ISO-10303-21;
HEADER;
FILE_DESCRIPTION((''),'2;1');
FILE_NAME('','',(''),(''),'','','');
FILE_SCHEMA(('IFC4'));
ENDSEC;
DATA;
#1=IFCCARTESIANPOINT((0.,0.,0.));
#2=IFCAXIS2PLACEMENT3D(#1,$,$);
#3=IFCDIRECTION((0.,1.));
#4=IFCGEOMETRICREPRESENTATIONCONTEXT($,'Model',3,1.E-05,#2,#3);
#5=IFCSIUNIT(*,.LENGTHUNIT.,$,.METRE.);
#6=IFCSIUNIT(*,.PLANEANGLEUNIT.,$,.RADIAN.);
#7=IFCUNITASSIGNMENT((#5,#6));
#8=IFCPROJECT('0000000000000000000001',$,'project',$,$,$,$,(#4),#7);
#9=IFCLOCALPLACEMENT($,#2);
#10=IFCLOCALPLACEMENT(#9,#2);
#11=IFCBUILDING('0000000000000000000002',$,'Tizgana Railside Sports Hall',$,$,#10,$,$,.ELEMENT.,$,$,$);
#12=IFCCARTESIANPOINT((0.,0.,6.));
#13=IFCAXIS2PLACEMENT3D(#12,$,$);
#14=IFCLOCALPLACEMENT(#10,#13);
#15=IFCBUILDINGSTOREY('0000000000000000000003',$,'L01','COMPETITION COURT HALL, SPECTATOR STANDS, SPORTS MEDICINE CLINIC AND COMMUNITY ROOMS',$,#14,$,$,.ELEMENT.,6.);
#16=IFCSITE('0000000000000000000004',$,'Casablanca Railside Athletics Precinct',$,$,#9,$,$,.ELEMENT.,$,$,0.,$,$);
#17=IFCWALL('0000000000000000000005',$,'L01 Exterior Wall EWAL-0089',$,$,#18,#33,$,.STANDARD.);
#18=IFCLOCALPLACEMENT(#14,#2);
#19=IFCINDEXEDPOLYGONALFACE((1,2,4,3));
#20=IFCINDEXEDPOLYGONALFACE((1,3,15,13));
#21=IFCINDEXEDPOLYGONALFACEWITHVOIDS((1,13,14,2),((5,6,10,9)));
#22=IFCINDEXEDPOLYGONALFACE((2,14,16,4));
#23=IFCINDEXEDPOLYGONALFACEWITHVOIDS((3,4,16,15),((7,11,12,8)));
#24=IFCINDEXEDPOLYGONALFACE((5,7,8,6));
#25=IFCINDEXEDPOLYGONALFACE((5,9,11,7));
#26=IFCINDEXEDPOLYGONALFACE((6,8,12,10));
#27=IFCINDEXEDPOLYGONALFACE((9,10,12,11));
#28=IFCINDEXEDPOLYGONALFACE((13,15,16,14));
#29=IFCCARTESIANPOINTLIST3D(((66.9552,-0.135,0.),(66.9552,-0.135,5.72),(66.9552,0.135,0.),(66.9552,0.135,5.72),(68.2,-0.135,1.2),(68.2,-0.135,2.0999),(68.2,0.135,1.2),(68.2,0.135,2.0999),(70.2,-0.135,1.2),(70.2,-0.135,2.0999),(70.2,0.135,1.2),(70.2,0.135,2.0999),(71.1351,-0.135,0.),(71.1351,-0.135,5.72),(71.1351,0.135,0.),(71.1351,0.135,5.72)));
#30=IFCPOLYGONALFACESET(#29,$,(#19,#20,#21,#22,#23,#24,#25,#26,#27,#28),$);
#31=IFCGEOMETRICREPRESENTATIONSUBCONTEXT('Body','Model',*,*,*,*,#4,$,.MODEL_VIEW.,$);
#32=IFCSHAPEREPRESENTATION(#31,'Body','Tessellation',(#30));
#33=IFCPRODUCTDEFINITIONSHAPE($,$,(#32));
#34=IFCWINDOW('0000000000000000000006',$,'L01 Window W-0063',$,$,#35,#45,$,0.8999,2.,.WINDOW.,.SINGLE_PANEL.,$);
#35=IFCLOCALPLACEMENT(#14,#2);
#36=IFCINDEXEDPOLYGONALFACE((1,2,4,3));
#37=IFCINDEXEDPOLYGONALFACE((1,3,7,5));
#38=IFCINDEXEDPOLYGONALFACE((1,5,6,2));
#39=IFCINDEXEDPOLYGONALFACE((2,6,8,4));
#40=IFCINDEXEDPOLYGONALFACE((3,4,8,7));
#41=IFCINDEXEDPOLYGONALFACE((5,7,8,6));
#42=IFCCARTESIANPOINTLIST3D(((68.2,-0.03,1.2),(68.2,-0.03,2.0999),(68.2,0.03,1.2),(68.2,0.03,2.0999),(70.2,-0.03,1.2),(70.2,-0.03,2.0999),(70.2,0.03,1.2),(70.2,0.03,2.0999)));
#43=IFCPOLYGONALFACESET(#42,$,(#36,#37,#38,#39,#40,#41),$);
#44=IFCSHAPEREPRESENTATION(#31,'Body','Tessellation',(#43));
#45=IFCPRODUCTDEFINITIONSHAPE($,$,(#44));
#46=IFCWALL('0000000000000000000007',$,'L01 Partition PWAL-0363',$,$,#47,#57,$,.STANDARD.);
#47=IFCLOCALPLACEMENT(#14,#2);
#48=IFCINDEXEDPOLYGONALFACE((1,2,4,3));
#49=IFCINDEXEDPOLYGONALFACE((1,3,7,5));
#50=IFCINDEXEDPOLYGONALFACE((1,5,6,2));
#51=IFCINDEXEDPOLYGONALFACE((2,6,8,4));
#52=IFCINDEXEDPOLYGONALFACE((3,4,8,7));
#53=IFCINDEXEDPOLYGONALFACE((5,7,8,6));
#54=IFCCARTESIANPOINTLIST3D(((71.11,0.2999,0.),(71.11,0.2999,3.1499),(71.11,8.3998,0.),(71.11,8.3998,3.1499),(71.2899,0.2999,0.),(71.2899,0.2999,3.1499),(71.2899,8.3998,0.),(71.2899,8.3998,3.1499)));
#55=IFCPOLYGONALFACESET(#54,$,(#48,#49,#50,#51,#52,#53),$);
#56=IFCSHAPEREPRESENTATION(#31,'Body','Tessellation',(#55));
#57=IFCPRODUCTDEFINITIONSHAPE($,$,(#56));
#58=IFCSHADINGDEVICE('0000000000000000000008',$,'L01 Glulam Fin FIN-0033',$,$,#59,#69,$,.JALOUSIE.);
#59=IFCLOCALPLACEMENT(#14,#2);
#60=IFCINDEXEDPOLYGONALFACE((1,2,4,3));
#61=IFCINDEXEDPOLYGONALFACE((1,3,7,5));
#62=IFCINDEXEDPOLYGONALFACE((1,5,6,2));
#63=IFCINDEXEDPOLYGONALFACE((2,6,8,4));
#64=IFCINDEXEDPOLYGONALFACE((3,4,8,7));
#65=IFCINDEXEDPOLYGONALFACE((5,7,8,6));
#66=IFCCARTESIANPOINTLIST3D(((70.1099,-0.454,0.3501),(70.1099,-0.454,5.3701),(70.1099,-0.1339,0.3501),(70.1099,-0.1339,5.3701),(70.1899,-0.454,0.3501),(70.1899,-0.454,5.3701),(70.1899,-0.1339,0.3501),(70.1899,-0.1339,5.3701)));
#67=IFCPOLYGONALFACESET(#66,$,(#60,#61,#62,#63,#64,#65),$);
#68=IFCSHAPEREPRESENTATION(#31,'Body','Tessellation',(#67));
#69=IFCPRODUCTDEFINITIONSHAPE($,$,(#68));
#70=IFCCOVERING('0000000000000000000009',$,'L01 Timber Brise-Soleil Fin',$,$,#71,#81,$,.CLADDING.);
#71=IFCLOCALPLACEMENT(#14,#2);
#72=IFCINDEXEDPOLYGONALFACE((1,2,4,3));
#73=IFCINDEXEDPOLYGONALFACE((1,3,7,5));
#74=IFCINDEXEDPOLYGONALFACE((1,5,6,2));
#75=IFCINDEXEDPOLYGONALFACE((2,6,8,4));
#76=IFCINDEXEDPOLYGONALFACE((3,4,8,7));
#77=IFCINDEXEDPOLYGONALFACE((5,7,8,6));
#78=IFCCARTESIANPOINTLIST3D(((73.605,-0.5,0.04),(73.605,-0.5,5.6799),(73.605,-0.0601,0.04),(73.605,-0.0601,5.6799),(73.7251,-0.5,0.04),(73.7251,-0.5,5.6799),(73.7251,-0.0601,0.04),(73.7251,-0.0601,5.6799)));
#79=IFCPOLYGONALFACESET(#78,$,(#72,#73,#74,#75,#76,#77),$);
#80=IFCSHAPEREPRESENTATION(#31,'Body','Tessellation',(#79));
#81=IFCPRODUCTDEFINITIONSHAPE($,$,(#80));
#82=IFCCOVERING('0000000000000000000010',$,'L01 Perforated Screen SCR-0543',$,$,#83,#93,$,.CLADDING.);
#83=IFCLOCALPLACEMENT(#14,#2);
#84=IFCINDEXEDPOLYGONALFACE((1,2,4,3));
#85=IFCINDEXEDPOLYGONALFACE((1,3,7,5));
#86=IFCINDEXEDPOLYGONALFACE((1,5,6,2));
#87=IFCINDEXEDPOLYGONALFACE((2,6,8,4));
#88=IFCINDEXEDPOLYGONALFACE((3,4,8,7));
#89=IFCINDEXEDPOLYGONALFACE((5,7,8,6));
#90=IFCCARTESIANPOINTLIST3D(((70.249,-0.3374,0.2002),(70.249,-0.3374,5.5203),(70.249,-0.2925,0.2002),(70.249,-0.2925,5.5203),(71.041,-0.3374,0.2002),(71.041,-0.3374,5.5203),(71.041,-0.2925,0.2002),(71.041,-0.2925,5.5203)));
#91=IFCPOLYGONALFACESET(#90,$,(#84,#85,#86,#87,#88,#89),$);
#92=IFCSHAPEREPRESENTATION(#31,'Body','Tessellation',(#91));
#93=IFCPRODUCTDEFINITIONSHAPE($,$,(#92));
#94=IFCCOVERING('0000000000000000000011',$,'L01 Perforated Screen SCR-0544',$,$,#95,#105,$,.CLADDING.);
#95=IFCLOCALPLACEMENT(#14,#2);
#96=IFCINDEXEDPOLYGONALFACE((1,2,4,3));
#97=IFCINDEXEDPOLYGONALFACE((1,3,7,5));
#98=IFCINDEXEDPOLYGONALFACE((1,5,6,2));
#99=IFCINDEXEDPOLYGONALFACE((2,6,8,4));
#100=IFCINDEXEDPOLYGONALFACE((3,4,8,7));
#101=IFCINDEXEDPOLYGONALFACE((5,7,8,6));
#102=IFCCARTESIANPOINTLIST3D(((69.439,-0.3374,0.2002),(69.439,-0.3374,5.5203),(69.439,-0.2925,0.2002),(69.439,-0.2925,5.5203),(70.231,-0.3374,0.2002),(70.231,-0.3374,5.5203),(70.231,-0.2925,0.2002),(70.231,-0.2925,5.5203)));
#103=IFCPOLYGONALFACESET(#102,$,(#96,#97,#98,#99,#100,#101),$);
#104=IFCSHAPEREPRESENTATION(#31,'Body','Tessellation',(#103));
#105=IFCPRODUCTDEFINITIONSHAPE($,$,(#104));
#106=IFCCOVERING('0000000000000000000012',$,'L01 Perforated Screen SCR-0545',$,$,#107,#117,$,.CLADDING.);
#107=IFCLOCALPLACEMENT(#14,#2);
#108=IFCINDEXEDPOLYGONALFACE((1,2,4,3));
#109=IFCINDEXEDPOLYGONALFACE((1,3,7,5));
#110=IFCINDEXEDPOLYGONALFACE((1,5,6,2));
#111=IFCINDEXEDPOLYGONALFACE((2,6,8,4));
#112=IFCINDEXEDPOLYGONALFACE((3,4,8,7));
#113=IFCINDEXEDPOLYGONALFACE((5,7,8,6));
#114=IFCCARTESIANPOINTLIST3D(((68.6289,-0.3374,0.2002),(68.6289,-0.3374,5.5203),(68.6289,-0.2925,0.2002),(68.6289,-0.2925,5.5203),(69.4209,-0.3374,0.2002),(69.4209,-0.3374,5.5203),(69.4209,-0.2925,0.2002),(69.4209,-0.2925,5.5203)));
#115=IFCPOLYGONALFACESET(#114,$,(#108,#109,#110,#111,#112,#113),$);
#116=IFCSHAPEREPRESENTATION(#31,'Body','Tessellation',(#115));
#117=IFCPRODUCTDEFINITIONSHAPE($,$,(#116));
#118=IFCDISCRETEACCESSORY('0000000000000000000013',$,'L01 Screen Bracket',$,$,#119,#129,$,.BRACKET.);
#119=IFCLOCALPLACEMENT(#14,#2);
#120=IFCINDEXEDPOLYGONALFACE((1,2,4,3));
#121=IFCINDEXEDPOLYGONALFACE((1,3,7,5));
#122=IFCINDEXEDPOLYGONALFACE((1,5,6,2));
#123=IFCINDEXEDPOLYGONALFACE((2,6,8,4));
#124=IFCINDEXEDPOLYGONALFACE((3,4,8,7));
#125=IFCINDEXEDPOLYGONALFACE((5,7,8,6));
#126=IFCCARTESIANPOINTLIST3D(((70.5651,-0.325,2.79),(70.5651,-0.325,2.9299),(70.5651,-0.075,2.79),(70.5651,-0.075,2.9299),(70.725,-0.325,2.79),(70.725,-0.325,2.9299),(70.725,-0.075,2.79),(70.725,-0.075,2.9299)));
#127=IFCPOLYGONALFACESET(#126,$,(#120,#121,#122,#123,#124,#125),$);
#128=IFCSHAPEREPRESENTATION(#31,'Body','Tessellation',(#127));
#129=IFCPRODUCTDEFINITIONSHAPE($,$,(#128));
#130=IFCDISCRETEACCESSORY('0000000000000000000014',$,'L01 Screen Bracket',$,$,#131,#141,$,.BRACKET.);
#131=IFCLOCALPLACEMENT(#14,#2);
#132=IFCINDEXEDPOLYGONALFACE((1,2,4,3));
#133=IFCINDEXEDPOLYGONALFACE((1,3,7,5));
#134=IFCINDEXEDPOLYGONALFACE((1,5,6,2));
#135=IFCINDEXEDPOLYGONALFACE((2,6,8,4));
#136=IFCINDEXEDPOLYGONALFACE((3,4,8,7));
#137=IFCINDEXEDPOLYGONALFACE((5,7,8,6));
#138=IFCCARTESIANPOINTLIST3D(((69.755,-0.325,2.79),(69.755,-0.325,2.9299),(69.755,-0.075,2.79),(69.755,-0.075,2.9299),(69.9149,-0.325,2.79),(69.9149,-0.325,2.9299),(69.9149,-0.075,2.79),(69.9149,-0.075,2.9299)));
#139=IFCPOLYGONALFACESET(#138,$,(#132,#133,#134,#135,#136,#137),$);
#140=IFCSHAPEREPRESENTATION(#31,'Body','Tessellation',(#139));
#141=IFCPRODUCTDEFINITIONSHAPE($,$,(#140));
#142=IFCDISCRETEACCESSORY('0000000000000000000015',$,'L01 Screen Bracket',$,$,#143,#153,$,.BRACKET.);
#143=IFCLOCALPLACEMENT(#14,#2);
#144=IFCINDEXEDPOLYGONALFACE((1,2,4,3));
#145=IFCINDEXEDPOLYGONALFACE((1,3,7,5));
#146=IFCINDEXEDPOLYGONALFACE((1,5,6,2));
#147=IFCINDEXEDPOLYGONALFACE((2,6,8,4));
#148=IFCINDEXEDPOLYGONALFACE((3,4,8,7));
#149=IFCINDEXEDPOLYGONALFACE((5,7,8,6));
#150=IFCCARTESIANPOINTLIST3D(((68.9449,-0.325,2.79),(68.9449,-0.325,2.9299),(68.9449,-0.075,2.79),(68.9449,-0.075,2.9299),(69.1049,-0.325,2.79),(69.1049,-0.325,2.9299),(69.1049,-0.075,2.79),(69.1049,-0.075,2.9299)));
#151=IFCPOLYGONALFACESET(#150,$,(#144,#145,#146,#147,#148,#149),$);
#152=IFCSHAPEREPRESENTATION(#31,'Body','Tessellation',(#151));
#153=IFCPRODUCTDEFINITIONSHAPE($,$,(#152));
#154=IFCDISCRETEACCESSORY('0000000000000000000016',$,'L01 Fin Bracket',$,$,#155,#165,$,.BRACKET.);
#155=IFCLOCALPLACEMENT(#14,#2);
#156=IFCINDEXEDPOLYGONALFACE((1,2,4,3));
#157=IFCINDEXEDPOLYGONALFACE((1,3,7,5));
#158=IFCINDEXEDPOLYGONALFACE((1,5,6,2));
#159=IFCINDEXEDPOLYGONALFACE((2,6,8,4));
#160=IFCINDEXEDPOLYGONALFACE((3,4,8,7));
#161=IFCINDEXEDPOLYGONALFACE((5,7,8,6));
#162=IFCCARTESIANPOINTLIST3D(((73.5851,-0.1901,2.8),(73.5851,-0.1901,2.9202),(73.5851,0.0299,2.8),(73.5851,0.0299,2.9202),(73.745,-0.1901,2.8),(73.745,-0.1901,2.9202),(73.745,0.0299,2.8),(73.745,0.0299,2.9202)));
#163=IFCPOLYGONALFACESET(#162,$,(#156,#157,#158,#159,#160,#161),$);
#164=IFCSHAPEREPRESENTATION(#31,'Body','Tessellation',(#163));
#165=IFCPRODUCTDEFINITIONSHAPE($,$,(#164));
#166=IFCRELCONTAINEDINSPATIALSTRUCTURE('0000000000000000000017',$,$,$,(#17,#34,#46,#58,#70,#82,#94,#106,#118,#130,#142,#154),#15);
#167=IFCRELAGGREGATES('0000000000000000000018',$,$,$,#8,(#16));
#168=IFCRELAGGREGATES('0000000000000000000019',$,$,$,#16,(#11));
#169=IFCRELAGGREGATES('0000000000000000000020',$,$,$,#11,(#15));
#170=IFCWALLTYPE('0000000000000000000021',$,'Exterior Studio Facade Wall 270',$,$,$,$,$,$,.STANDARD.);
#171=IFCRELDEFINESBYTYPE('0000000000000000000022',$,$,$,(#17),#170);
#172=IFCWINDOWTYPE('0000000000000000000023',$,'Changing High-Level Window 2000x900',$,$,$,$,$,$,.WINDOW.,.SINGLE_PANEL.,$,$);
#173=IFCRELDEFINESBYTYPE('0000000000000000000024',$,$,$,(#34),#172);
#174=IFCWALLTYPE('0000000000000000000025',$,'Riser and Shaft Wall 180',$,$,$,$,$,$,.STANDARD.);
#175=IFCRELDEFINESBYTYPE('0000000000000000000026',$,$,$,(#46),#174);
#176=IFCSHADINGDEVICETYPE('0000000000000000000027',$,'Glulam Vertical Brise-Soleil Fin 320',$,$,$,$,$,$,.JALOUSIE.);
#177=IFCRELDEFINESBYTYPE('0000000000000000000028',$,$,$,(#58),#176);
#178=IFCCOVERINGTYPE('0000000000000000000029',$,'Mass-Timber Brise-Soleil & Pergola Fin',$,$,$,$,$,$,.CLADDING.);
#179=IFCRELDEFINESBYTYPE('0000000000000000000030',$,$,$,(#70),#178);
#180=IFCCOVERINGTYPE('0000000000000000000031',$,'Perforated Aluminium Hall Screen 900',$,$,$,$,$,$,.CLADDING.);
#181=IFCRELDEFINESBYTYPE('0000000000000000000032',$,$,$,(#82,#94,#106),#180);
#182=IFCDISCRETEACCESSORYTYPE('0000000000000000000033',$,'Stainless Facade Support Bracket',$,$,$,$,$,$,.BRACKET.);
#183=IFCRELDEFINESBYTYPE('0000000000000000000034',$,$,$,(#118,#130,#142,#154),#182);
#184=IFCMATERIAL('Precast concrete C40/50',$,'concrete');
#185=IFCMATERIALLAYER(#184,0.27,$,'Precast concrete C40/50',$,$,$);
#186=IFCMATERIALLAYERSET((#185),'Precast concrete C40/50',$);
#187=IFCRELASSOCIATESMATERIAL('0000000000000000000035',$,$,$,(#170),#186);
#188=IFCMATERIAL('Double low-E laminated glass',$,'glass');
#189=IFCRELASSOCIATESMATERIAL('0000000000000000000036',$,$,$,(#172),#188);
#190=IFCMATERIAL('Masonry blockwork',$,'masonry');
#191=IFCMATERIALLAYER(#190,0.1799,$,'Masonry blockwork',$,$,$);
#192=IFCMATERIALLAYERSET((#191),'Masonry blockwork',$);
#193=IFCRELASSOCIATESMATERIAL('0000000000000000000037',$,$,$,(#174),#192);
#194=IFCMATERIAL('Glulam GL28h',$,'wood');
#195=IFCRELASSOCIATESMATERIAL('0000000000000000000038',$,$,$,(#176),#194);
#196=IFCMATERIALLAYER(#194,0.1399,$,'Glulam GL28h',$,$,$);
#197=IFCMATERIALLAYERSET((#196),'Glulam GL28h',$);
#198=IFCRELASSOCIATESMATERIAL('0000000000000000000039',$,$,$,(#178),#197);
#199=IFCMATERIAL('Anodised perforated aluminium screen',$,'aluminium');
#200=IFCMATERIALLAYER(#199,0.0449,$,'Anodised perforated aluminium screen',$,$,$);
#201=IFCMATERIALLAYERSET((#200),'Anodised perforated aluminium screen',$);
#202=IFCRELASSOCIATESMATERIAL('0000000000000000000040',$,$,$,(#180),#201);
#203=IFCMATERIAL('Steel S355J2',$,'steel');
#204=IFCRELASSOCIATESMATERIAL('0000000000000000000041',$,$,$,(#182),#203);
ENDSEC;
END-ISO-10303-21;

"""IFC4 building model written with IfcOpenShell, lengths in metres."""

from ifc_helpers import new_model, si_unit, direction, frame, frame_2d, origin, origin_2d, place, context, subcontext, project, spatial, rectangle, extrude, material, layer, layer_set, type_object, element, fill, save


model = new_model("IFC4")

# Units and contexts
model_context = context("Model", 3, precision=1e-05, world=origin(), true_north=direction((0.0, 1.0)))
body_context = subcontext(model_context, "Body", "Model", "MODEL_VIEW")
ifc_project = project(units=[si_unit("LENGTHUNIT", "METRE"), si_unit("PLANEANGLEUNIT", "RADIAN")], contexts=[model_context])

# Site, building, storey
site_placement = place(None, origin())
site = spatial("IfcSite", under=ifc_project, at=site_placement, Name="Casablanca Railside Athletics Precinct", CompositionType="ELEMENT", RefElevation=0.0)
building_placement = place(site_placement, origin())
building = spatial("IfcBuilding", under=site, at=building_placement, Name="Tizgana Railside Sports Hall", CompositionType="ELEMENT")
storey_placement = place(building_placement, frame((0.0, 0.0, 6.0)))
storey = spatial("IfcBuildingStorey", under=building, at=storey_placement, Name="L01", Description="COMPETITION COURT HALL, SPECTATOR STANDS, SPORTS MEDICINE CLINIC AND COMMUNITY ROOMS", CompositionType="ELEMENT", Elevation=6.0)

# Shared definitions
ifc_material_1 = material(Name="Steel S355J2", Category="steel")

# Shared definitions
ifc_material_2 = material(Name="Double low-E laminated glass", Category="glass")

# Wall, opening, window
ifc_material_3 = material(Name="Precast concrete C40/50", Category="concrete")
ifc_layer_1 = layer(ifc_material_3, 0.27, Name="Precast concrete C40/50")
ifc_layer_set_1 = layer_set([ifc_layer_1], Name="Precast concrete C40/50")
wall_type_1 = type_object("IfcWallType", Name="Exterior Studio Facade Wall 270", PredefinedType="STANDARD", material=ifc_layer_set_1)
wall_1_placement = place(storey_placement, frame((71.135, 0.0, 0.0), z_axis=(0.0, 0.0, 1.0), x_axis=(-1.0, 0.0, 0.0)))
wall_1 = element("IfcWall", 1, at=wall_1_placement, inside=storey, type_object=wall_type_1, Name="L01 Exterior Wall EWAL-0089", PredefinedType="STANDARD", context=body_context, shape_type="SweptSolid", body=[
    extrude(rectangle(XDim=4.1799, YDim=0.27, at=frame_2d((2.0898, 0.0))), origin(), (0.0, 0.0, 1.0), 5.72),
])
opening_placement = place(wall_1_placement, frame((0.9351, 0.0, 1.2)))
opening = element("IfcOpeningElement", 2, at=opening_placement, cuts=wall_1, PredefinedType="OPENING", context=body_context, shape_type="SweptSolid", body=[
    extrude(rectangle(XDim=2.0, YDim=0.8999, at=frame_2d((1.0, 0.45))), frame((0.0, 0.145, 0.0), z_axis=(0.0, -1.0, 0.0), x_axis=(1.0, 0.0, 0.0)), (0.0, 0.0, 1.0), 0.29),
])
window_type = type_object("IfcWindowType", Name="Changing High-Level Window 2000x900", PartitioningType="SINGLE_PANEL", PredefinedType="WINDOW", material=ifc_material_2)
window_placement = place(opening_placement, origin())
window = element("IfcWindow", 3, at=window_placement, inside=storey, type_object=window_type, Name="L01 Window W-0063", OverallHeight=0.8999, OverallWidth=2.0, PartitioningType="SINGLE_PANEL", PredefinedType="WINDOW", context=body_context, shape_type="SweptSolid", body=[
    extrude(rectangle(XDim=2.0, YDim=0.8999, at=frame_2d((1.0, 0.45))), frame((0.0, 0.03, 0.0), z_axis=(0.0, -1.0, 0.0), x_axis=(1.0, 0.0, 0.0)), (0.0, 0.0, 1.0), 0.0601),
])
fill(opening, window)

# Wall
ifc_material_4 = material(Name="Masonry blockwork", Category="masonry")
ifc_layer_2 = layer(ifc_material_4, 0.1799, Name="Masonry blockwork")
ifc_layer_set_2 = layer_set([ifc_layer_2], Name="Masonry blockwork")
wall_type_2 = type_object("IfcWallType", Name="Riser and Shaft Wall 180", PredefinedType="STANDARD", material=ifc_layer_set_2)
wall_2_placement = place(storey_placement, frame((71.2, 0.3, 0.0), z_axis=(0.0, 0.0, 1.0), x_axis=(0.0, 1.0, 0.0)))
element("IfcWall", 4, at=wall_2_placement, inside=storey, type_object=wall_type_2, Name="L01 Partition PWAL-0363", PredefinedType="STANDARD", context=body_context, shape_type="SweptSolid", body=[
    extrude(rectangle(XDim=8.0999, YDim=0.1799, at=frame_2d((4.0498, 0.0))), origin(), (0.0, 0.0, 1.0), 3.1499),
])

# Shading device
ifc_material_5 = material(Name="Glulam GL28h", Category="wood")
shading_device_type = type_object("IfcShadingDeviceType", Name="Glulam Vertical Brise-Soleil Fin 320", PredefinedType="JALOUSIE", material=ifc_material_5)
shading_device_placement = place(storey_placement, frame((70.1499, -0.2939, 0.3501), z_axis=(0.0, 0.0, 1.0), x_axis=(-1.0, 0.0, 0.0)))
element("IfcShadingDevice", 5, at=shading_device_placement, inside=storey, type_object=shading_device_type, Name="L01 Glulam Fin FIN-0033", PredefinedType="JALOUSIE", context=body_context, shape_type="SweptSolid", body=[
    extrude(rectangle(XDim=0.0801, YDim=0.3201, at=origin_2d()), origin(), (0.0, 0.0, 1.0), 5.02),
])

# Coverings
ifc_layer_3 = layer(ifc_material_5, 0.1399, Name="Glulam GL28h")
ifc_layer_set_3 = layer_set([ifc_layer_3], Name="Glulam GL28h")
covering_type_1 = type_object("IfcCoveringType", Name="Mass-Timber Brise-Soleil & Pergola Fin", PredefinedType="CLADDING", material=ifc_layer_set_3)
covering_placement = place(storey_placement, frame((73.665, -0.28, 0.04), z_axis=(0.0, 0.0, 1.0), x_axis=(-1.0, 0.0, 0.0)))
element("IfcCovering", 6, at=covering_placement, inside=storey, type_object=covering_type_1, Name="L01 Timber Brise-Soleil Fin", PredefinedType="CLADDING", context=body_context, shape_type="SweptSolid", body=[
    extrude(rectangle(XDim=0.1201, YDim=0.4399, at=origin_2d()), origin(), (0.0, 0.0, 1.0), 5.6399),
])
ifc_material_6 = material(Name="Anodised perforated aluminium screen", Category="aluminium")
ifc_layer_4 = layer(ifc_material_6, 0.0449, Name="Anodised perforated aluminium screen")
ifc_layer_set_4 = layer_set([ifc_layer_4], Name="Anodised perforated aluminium screen")
covering_type_2 = type_object("IfcCoveringType", Name="Perforated Aluminium Hall Screen 900", PredefinedType="CLADDING", material=ifc_layer_set_4)
for number, where, z_axis, x_axis, name in (
    (7, (70.645, -0.3149, 0.2002), (0.0, 0.0, 1.0), (-1.0, 0.0, 0.0), "L01 Perforated Screen SCR-0543"),
    (8, (69.835, -0.3149, 0.2002), (0.0, 0.0, 1.0), (-1.0, 0.0, 0.0), "L01 Perforated Screen SCR-0544"),
    (9, (69.0249, -0.3149, 0.2002), (0.0, 0.0, 1.0), (-1.0, 0.0, 0.0), "L01 Perforated Screen SCR-0545"),
):
    element("IfcCovering", number, at=place(storey_placement, frame(where, z_axis=z_axis, x_axis=x_axis)), inside=storey, type_object=covering_type_2, Name=name, PredefinedType="CLADDING", context=body_context, shape_type="SweptSolid", body=[
        extrude(rectangle(XDim=0.792, YDim=0.0449, at=origin_2d()), origin(), (0.0, 0.0, 1.0), 5.3201),
    ])

# Discrete accessories
discrete_accessory_type = type_object("IfcDiscreteAccessoryType", Name="Stainless Facade Support Bracket", PredefinedType="BRACKET", material=ifc_material_1)
for number, where, z_axis, x_axis, name in (
    (10, (70.645, -0.2, 2.79), (0.0, 0.0, 1.0), (-1.0, 0.0, 0.0), "L01 Screen Bracket"),
    (11, (69.835, -0.2, 2.79), (0.0, 0.0, 1.0), (-1.0, 0.0, 0.0), "L01 Screen Bracket"),
    (12, (69.0249, -0.2, 2.79), (0.0, 0.0, 1.0), (-1.0, 0.0, 0.0), "L01 Screen Bracket"),
):
    element("IfcDiscreteAccessory", number, at=place(storey_placement, frame(where, z_axis=z_axis, x_axis=x_axis)), inside=storey, type_object=discrete_accessory_type, Name=name, PredefinedType="BRACKET", context=body_context, shape_type="SweptSolid", body=[
        extrude(rectangle(XDim=0.1599, YDim=0.25, at=origin_2d()), origin(), (0.0, 0.0, 1.0), 0.1399),
    ])
discrete_accessory_placement = place(storey_placement, frame((73.665, -0.0801, 2.8), z_axis=(0.0, 0.0, 1.0), x_axis=(-1.0, 0.0, 0.0)))
element("IfcDiscreteAccessory", 13, at=discrete_accessory_placement, inside=storey, type_object=discrete_accessory_type, Name="L01 Fin Bracket", PredefinedType="BRACKET", context=body_context, shape_type="SweptSolid", body=[
    extrude(rectangle(XDim=0.1599, YDim=0.22, at=origin_2d()), origin(), (0.0, 0.0, 1.0), 0.1201),
])

save(model, "model.ifc")
